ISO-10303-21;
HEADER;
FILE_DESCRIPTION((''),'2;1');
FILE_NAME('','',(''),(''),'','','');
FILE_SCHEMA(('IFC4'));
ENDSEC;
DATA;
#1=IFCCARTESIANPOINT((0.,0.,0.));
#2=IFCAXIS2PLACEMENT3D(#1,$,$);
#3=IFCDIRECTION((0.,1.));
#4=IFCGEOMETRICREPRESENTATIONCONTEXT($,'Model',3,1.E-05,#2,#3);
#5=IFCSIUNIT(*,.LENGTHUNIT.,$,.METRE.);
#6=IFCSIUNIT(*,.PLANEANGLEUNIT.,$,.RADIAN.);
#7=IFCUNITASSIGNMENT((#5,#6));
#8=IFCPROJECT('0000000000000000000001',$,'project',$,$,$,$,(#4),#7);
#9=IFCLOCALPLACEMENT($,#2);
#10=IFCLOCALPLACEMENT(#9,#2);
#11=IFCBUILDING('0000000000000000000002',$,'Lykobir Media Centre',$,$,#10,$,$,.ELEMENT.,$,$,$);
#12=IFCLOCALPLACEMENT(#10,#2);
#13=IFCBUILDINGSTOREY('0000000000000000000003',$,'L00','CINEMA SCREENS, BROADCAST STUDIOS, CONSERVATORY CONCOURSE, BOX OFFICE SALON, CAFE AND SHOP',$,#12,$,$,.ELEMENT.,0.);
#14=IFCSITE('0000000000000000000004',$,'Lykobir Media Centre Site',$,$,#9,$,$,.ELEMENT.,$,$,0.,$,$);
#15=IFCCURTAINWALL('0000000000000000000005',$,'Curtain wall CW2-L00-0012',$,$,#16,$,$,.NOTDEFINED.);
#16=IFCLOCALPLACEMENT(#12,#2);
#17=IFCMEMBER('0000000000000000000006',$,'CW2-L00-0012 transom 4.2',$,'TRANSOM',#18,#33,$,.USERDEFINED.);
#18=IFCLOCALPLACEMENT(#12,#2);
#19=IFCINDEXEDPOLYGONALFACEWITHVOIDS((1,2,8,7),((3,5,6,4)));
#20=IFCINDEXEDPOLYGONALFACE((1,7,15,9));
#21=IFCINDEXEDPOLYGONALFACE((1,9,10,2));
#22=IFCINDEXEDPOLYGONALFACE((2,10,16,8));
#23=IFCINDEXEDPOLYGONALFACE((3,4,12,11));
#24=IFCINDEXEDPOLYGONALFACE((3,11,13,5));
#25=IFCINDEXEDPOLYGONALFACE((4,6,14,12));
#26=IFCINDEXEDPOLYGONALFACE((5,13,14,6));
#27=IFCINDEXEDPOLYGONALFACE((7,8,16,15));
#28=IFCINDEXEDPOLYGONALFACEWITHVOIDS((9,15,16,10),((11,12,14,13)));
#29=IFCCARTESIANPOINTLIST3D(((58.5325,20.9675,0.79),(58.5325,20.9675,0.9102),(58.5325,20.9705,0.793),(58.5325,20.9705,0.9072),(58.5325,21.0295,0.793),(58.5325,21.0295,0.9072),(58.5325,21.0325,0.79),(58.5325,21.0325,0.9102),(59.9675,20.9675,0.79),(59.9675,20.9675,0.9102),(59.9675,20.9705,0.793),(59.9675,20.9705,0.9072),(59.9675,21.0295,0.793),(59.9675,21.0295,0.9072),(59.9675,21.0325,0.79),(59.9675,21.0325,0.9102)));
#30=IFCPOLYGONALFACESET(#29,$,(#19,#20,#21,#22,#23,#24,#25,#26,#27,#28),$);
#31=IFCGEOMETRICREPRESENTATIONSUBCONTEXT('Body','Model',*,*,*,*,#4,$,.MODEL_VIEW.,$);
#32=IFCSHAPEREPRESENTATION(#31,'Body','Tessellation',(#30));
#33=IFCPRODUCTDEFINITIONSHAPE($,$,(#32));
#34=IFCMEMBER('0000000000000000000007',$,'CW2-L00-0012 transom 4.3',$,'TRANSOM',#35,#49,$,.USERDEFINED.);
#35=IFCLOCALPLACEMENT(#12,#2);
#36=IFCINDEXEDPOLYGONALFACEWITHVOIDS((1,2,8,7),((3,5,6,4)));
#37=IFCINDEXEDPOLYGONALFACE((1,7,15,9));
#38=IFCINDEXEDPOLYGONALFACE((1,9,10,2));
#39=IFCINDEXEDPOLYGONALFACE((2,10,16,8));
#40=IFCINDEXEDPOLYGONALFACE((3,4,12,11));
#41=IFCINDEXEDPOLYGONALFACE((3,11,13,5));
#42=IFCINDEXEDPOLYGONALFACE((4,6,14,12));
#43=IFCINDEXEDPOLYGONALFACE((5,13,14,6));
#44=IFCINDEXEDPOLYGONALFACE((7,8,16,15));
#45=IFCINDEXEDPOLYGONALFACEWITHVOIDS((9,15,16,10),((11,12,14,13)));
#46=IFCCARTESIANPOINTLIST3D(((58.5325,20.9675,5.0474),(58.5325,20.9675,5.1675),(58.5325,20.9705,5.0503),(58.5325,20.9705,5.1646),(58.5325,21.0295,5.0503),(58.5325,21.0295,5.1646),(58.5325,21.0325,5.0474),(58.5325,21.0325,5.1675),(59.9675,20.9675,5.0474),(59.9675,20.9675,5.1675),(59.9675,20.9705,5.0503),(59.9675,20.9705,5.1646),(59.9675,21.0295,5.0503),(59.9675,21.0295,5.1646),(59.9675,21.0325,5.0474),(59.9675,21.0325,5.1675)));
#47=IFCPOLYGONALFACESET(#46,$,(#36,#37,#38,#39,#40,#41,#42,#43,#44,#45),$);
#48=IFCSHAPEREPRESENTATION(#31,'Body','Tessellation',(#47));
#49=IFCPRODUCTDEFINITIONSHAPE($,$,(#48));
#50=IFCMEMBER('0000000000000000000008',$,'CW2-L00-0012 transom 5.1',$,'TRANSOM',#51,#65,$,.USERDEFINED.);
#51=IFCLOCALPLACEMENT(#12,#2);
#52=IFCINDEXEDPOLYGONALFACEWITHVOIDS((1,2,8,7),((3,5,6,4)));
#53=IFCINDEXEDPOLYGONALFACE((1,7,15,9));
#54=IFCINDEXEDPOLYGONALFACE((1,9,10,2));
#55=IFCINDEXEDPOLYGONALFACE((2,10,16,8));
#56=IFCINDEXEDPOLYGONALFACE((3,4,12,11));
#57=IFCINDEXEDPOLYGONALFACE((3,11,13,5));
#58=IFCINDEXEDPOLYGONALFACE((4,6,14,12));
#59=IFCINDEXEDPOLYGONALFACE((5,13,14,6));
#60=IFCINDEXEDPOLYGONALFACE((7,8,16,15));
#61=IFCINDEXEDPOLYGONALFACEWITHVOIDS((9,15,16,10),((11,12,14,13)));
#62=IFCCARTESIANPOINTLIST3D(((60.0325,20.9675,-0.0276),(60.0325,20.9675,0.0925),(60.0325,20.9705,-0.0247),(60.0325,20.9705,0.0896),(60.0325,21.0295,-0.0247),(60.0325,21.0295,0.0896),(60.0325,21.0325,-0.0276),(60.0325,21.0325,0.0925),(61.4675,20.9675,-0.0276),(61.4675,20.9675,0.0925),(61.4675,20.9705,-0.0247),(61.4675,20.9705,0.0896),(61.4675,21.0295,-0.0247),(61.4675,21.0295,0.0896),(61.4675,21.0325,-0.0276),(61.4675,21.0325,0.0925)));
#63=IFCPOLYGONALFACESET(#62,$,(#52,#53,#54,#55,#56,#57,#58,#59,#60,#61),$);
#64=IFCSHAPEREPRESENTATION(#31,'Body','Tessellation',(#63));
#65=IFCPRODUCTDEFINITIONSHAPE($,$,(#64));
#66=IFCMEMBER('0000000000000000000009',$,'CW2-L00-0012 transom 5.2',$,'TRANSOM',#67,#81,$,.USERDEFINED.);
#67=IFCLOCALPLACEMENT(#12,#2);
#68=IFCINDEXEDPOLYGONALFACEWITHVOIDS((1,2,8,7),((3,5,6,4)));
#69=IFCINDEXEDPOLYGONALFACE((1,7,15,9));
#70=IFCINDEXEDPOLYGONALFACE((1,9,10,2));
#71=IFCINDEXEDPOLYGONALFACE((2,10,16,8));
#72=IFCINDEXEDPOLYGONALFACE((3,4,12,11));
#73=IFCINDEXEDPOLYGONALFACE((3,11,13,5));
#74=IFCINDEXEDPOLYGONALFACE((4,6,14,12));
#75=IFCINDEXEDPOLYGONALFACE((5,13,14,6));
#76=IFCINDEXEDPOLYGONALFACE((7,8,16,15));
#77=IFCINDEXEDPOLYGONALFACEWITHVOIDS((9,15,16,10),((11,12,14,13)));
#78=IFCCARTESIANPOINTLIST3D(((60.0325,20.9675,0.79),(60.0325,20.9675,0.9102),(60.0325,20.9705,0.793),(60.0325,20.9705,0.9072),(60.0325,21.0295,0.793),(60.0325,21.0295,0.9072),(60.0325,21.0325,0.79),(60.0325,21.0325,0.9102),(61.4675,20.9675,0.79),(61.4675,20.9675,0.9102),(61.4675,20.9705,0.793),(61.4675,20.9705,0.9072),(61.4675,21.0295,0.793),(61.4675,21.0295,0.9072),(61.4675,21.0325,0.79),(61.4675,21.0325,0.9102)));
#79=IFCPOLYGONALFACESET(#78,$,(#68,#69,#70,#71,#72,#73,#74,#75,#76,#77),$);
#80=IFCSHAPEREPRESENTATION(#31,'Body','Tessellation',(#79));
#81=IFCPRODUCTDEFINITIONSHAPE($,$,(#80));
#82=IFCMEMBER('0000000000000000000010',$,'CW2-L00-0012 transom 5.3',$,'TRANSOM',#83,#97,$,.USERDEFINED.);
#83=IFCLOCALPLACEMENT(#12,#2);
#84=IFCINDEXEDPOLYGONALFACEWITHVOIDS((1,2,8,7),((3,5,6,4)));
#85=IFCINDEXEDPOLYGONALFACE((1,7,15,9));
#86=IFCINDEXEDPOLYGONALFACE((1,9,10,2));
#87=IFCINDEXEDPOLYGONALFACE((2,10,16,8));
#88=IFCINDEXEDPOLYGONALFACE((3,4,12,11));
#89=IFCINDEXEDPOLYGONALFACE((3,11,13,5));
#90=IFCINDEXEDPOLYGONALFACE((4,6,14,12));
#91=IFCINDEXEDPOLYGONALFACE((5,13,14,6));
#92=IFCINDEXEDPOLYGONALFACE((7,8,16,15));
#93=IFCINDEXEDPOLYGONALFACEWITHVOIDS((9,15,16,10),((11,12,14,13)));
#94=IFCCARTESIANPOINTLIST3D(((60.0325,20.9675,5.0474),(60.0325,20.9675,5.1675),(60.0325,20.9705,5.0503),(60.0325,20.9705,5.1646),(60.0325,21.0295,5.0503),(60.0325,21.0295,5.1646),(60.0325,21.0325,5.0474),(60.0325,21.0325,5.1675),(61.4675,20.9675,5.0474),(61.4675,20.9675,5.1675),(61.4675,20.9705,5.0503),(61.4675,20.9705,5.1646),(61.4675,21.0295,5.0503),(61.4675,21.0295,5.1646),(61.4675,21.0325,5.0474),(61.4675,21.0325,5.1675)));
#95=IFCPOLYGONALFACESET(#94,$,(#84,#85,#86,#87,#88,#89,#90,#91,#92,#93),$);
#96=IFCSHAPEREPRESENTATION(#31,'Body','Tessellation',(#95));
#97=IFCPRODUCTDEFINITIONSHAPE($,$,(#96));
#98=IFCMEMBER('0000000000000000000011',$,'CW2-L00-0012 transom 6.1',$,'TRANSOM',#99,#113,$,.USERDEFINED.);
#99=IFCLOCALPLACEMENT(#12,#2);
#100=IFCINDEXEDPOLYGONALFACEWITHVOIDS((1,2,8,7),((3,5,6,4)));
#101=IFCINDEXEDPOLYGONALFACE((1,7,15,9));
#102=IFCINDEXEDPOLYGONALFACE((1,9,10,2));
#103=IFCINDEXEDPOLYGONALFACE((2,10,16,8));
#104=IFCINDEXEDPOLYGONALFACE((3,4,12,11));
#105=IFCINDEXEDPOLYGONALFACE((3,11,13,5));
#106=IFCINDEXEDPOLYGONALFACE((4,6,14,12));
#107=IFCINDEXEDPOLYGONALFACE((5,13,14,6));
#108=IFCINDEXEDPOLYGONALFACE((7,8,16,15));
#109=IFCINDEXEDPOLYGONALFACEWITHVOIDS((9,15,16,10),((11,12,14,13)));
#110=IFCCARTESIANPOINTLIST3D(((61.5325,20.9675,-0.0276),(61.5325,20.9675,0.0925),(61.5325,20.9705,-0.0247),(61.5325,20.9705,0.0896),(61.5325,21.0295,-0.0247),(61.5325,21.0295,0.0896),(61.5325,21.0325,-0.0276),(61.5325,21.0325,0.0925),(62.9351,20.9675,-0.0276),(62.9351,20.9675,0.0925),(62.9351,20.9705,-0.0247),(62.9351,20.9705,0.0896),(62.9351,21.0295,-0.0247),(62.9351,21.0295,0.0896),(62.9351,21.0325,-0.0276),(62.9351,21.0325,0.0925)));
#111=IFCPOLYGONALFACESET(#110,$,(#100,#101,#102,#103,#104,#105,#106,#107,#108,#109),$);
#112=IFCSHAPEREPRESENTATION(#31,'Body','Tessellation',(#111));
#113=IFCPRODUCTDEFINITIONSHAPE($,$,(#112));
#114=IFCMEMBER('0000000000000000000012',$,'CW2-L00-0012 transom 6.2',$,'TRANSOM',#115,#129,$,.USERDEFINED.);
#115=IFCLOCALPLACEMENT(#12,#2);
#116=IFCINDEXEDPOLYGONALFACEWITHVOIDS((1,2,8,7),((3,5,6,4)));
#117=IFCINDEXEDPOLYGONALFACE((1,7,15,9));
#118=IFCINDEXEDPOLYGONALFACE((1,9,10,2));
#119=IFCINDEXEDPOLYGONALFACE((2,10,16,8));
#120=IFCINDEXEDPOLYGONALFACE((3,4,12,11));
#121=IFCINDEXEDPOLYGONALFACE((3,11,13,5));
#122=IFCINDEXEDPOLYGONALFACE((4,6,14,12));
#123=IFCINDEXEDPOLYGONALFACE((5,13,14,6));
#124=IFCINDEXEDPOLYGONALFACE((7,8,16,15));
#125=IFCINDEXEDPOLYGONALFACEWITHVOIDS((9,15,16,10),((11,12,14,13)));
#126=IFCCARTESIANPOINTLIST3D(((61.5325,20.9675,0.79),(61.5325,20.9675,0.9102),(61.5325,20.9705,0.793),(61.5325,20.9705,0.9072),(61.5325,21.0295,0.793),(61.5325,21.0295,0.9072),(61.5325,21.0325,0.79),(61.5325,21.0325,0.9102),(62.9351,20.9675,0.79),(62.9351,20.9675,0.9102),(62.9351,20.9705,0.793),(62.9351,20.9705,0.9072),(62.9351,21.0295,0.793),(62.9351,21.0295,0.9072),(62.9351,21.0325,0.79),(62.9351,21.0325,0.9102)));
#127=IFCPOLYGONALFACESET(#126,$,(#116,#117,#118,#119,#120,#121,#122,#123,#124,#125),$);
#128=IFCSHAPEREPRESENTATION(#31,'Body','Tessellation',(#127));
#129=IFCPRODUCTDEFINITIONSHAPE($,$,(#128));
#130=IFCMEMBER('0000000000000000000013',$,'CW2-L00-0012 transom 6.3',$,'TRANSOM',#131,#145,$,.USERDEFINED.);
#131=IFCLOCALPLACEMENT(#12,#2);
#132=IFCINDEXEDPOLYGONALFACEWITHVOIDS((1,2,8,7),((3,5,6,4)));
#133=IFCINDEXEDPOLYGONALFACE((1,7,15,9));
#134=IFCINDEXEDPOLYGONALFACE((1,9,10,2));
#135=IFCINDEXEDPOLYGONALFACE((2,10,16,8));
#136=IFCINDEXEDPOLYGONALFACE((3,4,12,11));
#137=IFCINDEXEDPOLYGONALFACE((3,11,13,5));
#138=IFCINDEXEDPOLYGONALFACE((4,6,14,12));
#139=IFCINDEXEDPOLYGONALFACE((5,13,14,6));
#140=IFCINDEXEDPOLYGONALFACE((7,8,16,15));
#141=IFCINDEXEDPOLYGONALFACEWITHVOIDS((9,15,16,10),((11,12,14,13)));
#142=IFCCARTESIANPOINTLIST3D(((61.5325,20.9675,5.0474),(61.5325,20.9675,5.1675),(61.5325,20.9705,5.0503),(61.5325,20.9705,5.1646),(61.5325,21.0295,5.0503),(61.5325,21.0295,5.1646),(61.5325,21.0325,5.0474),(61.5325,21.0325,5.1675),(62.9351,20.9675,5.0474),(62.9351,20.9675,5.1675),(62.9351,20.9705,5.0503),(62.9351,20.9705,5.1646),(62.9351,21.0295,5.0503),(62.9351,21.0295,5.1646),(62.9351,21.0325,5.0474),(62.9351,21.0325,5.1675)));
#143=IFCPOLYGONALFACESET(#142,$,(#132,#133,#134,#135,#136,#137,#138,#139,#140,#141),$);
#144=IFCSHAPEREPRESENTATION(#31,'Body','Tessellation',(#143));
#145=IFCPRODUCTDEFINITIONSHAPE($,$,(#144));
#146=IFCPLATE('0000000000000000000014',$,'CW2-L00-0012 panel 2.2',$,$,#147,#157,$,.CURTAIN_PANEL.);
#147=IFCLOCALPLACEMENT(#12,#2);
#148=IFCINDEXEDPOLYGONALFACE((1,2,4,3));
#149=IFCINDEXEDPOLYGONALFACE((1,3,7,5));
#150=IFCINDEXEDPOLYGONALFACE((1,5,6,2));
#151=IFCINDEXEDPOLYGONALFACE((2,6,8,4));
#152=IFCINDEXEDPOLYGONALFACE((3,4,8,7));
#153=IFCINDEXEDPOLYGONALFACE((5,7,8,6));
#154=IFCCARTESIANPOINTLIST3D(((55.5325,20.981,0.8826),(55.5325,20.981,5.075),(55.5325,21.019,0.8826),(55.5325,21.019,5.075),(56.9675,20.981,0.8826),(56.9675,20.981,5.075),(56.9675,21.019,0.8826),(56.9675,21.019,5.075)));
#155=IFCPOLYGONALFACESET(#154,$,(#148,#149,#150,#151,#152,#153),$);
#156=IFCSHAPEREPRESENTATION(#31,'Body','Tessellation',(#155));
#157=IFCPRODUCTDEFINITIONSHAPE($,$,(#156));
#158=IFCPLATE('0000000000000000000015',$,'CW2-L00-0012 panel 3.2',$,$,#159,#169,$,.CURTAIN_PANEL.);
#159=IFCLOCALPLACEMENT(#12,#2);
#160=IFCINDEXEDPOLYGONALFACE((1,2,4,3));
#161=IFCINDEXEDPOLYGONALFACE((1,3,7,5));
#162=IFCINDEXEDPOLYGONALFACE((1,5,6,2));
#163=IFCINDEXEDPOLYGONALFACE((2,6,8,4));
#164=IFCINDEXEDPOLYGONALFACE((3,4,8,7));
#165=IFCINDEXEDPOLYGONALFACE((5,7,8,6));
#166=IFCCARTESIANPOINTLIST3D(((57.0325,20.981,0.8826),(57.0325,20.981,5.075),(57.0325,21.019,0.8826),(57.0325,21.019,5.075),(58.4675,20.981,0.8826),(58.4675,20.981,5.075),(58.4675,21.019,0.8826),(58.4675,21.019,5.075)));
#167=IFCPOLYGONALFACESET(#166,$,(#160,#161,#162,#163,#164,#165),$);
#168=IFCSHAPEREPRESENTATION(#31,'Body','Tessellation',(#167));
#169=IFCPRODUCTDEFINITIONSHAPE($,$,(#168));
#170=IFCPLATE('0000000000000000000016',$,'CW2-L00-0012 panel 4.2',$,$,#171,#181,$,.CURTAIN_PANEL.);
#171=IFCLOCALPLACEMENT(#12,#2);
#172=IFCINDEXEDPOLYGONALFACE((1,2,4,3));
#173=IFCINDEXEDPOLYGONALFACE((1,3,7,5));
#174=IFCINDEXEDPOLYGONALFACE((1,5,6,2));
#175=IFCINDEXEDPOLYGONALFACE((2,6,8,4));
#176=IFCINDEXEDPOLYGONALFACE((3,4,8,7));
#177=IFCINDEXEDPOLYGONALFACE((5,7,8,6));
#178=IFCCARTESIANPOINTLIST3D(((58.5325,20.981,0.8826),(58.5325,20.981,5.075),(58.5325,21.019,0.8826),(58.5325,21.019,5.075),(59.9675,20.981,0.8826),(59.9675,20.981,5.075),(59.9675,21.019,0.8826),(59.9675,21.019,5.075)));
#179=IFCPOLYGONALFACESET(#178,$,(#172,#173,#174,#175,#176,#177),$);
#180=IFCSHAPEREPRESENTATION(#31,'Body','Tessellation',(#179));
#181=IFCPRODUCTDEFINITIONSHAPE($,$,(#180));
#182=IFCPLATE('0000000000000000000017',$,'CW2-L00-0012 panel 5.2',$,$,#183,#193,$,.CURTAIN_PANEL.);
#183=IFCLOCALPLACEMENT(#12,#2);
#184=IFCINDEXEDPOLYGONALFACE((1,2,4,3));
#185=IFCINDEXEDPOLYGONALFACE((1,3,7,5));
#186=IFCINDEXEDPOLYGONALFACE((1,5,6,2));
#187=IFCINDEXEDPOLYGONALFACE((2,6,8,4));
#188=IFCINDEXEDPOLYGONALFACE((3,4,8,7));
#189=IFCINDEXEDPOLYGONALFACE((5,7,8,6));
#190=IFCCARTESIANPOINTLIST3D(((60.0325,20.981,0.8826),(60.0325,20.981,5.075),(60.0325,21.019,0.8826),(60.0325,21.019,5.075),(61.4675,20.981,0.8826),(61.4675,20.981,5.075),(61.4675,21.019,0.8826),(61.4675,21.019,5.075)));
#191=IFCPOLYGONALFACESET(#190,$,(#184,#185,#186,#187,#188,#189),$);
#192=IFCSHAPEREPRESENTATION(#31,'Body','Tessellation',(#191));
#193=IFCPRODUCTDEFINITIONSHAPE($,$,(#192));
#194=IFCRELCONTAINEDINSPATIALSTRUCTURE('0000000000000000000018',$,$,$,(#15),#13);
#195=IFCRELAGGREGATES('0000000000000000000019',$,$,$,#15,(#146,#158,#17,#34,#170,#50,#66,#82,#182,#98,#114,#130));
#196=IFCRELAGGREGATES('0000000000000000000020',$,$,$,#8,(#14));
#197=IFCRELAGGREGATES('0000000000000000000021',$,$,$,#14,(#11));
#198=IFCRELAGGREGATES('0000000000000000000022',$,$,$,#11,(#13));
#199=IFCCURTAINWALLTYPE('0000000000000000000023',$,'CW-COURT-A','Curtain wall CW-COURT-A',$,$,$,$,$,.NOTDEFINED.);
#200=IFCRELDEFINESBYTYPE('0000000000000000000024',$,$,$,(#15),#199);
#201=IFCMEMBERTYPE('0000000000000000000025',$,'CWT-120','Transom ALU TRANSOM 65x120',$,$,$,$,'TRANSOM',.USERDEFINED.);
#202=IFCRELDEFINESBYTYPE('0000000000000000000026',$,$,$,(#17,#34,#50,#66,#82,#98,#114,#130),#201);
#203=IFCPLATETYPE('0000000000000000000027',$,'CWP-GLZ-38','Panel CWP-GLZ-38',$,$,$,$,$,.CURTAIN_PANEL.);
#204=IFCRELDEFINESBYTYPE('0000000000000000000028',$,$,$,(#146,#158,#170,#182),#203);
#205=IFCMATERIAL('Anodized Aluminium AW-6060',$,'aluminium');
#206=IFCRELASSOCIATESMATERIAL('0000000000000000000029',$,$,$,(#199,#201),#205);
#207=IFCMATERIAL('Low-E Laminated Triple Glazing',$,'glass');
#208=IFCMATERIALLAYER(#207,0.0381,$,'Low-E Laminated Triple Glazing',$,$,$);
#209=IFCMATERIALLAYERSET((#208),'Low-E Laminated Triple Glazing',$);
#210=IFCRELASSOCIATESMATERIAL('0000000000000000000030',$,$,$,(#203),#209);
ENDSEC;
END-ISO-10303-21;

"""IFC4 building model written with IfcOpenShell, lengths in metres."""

from ifc_helpers import new_model, si_unit, direction, frame, origin, origin_2d, place, context, subcontext, project, spatial, rectangle, hollow_rectangle, extrude, material, layer, layer_set, material_profile, profile_set, type_object, element, aggregate, save


model = new_model("IFC4")

# Units and contexts
model_context = context("Model", 3, precision=1e-05, world=origin(), true_north=direction((0.0, 1.0)))
body_context = subcontext(model_context, "Body", "Model", "MODEL_VIEW")
ifc_project = project(units=[si_unit("LENGTHUNIT", "METRE"), si_unit("PLANEANGLEUNIT", "RADIAN")], contexts=[model_context])

# Site, building, storey
site_placement = place(None, origin())
site = spatial("IfcSite", under=ifc_project, at=site_placement, Name="Lykobir Media Centre Site", CompositionType="ELEMENT", RefElevation=0.0)
building_placement = place(site_placement, origin())
building = spatial("IfcBuilding", under=site, at=building_placement, Name="Lykobir Media Centre", CompositionType="ELEMENT")
storey_placement = place(building_placement, origin())
storey = spatial("IfcBuildingStorey", under=building, at=storey_placement, Name="L00", Description="CINEMA SCREENS, BROADCAST STUDIOS, CONSERVATORY CONCOURSE, BOX OFFICE SALON, CAFE AND SHOP", CompositionType="ELEMENT", Elevation=0.0)

# Curtain wall, members, plates
ifc_material_1 = material(Name="Anodized Aluminium AW-6060", Category="aluminium")
curtain_wall_type = type_object("IfcCurtainWallType", Name="CW-COURT-A", Description="Curtain wall CW-COURT-A", PredefinedType="NOTDEFINED", material=ifc_material_1)
curtain_wall_placement = place(storey_placement, origin())
curtain_wall = element("IfcCurtainWall", 1, at=curtain_wall_placement, inside=storey, type_object=curtain_wall_type, Name="Curtain wall CW2-L00-0012", PredefinedType="NOTDEFINED")
ifc_material_profile_1 = material_profile(ifc_material_1, hollow_rectangle(XDim=0.0649, YDim=0.1201, WallThickness=0.0029, at=origin_2d()), Name="ALU TRANSOM 65x120")
ifc_profile_set_1 = profile_set([ifc_material_profile_1], Name="Anodized Aluminium AW-6060")
member_type_1 = type_object("IfcMemberType", Name="CWT-120", Description="Transom ALU TRANSOM 65x120", ElementType="TRANSOM", PredefinedType="USERDEFINED", material=ifc_profile_set_1)
member_1_placement = place(storey_placement, frame((58.5325, 21.0, 0.8501), z_axis=(1.0, 0.0, 0.0), x_axis=(0.0, 1.0, 0.0)))
member_1 = element("IfcMember", 2, at=member_1_placement, type_object=member_type_1, Name="CW2-L00-0012 transom 4.2", ObjectType="TRANSOM", PredefinedType="USERDEFINED", context=body_context, shape_type="SweptSolid", body=[
    extrude(hollow_rectangle(XDim=0.0649, YDim=0.1201, WallThickness=0.0029, at=origin_2d()), origin(), (0.0, 0.0, 1.0), 1.4351),
])
member_2_placement = place(storey_placement, frame((58.5325, 21.0, 5.1074), z_axis=(1.0, 0.0, 0.0), x_axis=(0.0, 1.0, 0.0)))
member_2 = element("IfcMember", 3, at=member_2_placement, type_object=member_type_1, Name="CW2-L00-0012 transom 4.3", ObjectType="TRANSOM", PredefinedType="USERDEFINED", context=body_context, shape_type="SweptSolid", body=[
    extrude(hollow_rectangle(XDim=0.0649, YDim=0.1201, WallThickness=0.0029, at=origin_2d()), origin(), (0.0, 0.0, 1.0), 1.4351),
])
member_3_placement = place(storey_placement, frame((60.0325, 21.0, 0.0325), z_axis=(1.0, 0.0, 0.0), x_axis=(0.0, 1.0, 0.0)))
member_3 = element("IfcMember", 4, at=member_3_placement, type_object=member_type_1, Name="CW2-L00-0012 transom 5.1", ObjectType="TRANSOM", PredefinedType="USERDEFINED", context=body_context, shape_type="SweptSolid", body=[
    extrude(hollow_rectangle(XDim=0.0649, YDim=0.1201, WallThickness=0.0029, at=origin_2d()), origin(), (0.0, 0.0, 1.0), 1.4351),
])
member_4_placement = place(storey_placement, frame((60.0325, 21.0, 0.8501), z_axis=(1.0, 0.0, 0.0), x_axis=(0.0, 1.0, 0.0)))
member_4 = element("IfcMember", 5, at=member_4_placement, type_object=member_type_1, Name="CW2-L00-0012 transom 5.2", ObjectType="TRANSOM", PredefinedType="USERDEFINED", context=body_context, shape_type="SweptSolid", body=[
    extrude(hollow_rectangle(XDim=0.0649, YDim=0.1201, WallThickness=0.0029, at=origin_2d()), origin(), (0.0, 0.0, 1.0), 1.4351),
])
member_5_placement = place(storey_placement, frame((60.0325, 21.0, 5.1074), z_axis=(1.0, 0.0, 0.0), x_axis=(0.0, 1.0, 0.0)))
member_5 = element("IfcMember", 6, at=member_5_placement, type_object=member_type_1, Name="CW2-L00-0012 transom 5.3", ObjectType="TRANSOM", PredefinedType="USERDEFINED", context=body_context, shape_type="SweptSolid", body=[
    extrude(hollow_rectangle(XDim=0.0649, YDim=0.1201, WallThickness=0.0029, at=origin_2d()), origin(), (0.0, 0.0, 1.0), 1.4351),
])
member_6_placement = place(storey_placement, frame((61.5325, 21.0, 0.0325), z_axis=(1.0, 0.0, 0.0), x_axis=(0.0, 1.0, 0.0)))
member_6 = element("IfcMember", 7, at=member_6_placement, type_object=member_type_1, Name="CW2-L00-0012 transom 6.1", ObjectType="TRANSOM", PredefinedType="USERDEFINED", context=body_context, shape_type="SweptSolid", body=[
    extrude(hollow_rectangle(XDim=0.0649, YDim=0.1201, WallThickness=0.0029, at=origin_2d()), origin(), (0.0, 0.0, 1.0), 1.4026),
])
member_7_placement = place(storey_placement, frame((61.5325, 21.0, 0.8501), z_axis=(1.0, 0.0, 0.0), x_axis=(0.0, 1.0, 0.0)))
member_7 = element("IfcMember", 8, at=member_7_placement, type_object=member_type_1, Name="CW2-L00-0012 transom 6.2", ObjectType="TRANSOM", PredefinedType="USERDEFINED", context=body_context, shape_type="SweptSolid", body=[
    extrude(hollow_rectangle(XDim=0.0649, YDim=0.1201, WallThickness=0.0029, at=origin_2d()), origin(), (0.0, 0.0, 1.0), 1.4026),
])
member_8_placement = place(storey_placement, frame((61.5325, 21.0, 5.1074), z_axis=(1.0, 0.0, 0.0), x_axis=(0.0, 1.0, 0.0)))
member_8 = element("IfcMember", 9, at=member_8_placement, type_object=member_type_1, Name="CW2-L00-0012 transom 6.3", ObjectType="TRANSOM", PredefinedType="USERDEFINED", context=body_context, shape_type="SweptSolid", body=[
    extrude(hollow_rectangle(XDim=0.0649, YDim=0.1201, WallThickness=0.0029, at=origin_2d()), origin(), (0.0, 0.0, 1.0), 1.4026),
])
ifc_material_2 = material(Name="Low-E Laminated Triple Glazing", Category="glass")
ifc_layer_1 = layer(ifc_material_2, 0.0381, Name="Low-E Laminated Triple Glazing")
ifc_layer_set_1 = layer_set([ifc_layer_1], Name="Low-E Laminated Triple Glazing")
plate_type_1 = type_object("IfcPlateType", Name="CWP-GLZ-38", Description="Panel CWP-GLZ-38", PredefinedType="CURTAIN_PANEL", material=ifc_layer_set_1)
plate_1_placement = place(storey_placement, frame((56.25, 21.0, 0.8826), z_axis=(0.0, 0.0, 1.0), x_axis=(1.0, 0.0, 0.0)))
plate_1 = element("IfcPlate", 10, at=plate_1_placement, type_object=plate_type_1, Name="CW2-L00-0012 panel 2.2", PredefinedType="CURTAIN_PANEL", context=body_context, shape_type="SweptSolid", body=[
    extrude(rectangle(XDim=1.4351, YDim=0.0381, at=origin_2d()), origin(), (0.0, 0.0, 1.0), 4.1924),
])
plate_2_placement = place(storey_placement, frame((57.75, 21.0, 0.8826), z_axis=(0.0, 0.0, 1.0), x_axis=(1.0, 0.0, 0.0)))
plate_2 = element("IfcPlate", 11, at=plate_2_placement, type_object=plate_type_1, Name="CW2-L00-0012 panel 3.2", PredefinedType="CURTAIN_PANEL", context=body_context, shape_type="SweptSolid", body=[
    extrude(rectangle(XDim=1.4351, YDim=0.0381, at=origin_2d()), origin(), (0.0, 0.0, 1.0), 4.1924),
])
plate_3_placement = place(storey_placement, frame((59.25, 21.0, 0.8826), z_axis=(0.0, 0.0, 1.0), x_axis=(1.0, 0.0, 0.0)))
plate_3 = element("IfcPlate", 12, at=plate_3_placement, type_object=plate_type_1, Name="CW2-L00-0012 panel 4.2", PredefinedType="CURTAIN_PANEL", context=body_context, shape_type="SweptSolid", body=[
    extrude(rectangle(XDim=1.4351, YDim=0.0381, at=origin_2d()), origin(), (0.0, 0.0, 1.0), 4.1924),
])
plate_4_placement = place(storey_placement, frame((60.75, 21.0, 0.8826), z_axis=(0.0, 0.0, 1.0), x_axis=(1.0, 0.0, 0.0)))
plate_4 = element("IfcPlate", 13, at=plate_4_placement, type_object=plate_type_1, Name="CW2-L00-0012 panel 5.2", PredefinedType="CURTAIN_PANEL", context=body_context, shape_type="SweptSolid", body=[
    extrude(rectangle(XDim=1.4351, YDim=0.0381, at=origin_2d()), origin(), (0.0, 0.0, 1.0), 4.1924),
])
aggregate(curtain_wall, [plate_1, plate_2, member_1, member_2, plate_3, member_3, member_4, member_5, plate_4, member_6, member_7, member_8])

save(model, "model.ifc")
